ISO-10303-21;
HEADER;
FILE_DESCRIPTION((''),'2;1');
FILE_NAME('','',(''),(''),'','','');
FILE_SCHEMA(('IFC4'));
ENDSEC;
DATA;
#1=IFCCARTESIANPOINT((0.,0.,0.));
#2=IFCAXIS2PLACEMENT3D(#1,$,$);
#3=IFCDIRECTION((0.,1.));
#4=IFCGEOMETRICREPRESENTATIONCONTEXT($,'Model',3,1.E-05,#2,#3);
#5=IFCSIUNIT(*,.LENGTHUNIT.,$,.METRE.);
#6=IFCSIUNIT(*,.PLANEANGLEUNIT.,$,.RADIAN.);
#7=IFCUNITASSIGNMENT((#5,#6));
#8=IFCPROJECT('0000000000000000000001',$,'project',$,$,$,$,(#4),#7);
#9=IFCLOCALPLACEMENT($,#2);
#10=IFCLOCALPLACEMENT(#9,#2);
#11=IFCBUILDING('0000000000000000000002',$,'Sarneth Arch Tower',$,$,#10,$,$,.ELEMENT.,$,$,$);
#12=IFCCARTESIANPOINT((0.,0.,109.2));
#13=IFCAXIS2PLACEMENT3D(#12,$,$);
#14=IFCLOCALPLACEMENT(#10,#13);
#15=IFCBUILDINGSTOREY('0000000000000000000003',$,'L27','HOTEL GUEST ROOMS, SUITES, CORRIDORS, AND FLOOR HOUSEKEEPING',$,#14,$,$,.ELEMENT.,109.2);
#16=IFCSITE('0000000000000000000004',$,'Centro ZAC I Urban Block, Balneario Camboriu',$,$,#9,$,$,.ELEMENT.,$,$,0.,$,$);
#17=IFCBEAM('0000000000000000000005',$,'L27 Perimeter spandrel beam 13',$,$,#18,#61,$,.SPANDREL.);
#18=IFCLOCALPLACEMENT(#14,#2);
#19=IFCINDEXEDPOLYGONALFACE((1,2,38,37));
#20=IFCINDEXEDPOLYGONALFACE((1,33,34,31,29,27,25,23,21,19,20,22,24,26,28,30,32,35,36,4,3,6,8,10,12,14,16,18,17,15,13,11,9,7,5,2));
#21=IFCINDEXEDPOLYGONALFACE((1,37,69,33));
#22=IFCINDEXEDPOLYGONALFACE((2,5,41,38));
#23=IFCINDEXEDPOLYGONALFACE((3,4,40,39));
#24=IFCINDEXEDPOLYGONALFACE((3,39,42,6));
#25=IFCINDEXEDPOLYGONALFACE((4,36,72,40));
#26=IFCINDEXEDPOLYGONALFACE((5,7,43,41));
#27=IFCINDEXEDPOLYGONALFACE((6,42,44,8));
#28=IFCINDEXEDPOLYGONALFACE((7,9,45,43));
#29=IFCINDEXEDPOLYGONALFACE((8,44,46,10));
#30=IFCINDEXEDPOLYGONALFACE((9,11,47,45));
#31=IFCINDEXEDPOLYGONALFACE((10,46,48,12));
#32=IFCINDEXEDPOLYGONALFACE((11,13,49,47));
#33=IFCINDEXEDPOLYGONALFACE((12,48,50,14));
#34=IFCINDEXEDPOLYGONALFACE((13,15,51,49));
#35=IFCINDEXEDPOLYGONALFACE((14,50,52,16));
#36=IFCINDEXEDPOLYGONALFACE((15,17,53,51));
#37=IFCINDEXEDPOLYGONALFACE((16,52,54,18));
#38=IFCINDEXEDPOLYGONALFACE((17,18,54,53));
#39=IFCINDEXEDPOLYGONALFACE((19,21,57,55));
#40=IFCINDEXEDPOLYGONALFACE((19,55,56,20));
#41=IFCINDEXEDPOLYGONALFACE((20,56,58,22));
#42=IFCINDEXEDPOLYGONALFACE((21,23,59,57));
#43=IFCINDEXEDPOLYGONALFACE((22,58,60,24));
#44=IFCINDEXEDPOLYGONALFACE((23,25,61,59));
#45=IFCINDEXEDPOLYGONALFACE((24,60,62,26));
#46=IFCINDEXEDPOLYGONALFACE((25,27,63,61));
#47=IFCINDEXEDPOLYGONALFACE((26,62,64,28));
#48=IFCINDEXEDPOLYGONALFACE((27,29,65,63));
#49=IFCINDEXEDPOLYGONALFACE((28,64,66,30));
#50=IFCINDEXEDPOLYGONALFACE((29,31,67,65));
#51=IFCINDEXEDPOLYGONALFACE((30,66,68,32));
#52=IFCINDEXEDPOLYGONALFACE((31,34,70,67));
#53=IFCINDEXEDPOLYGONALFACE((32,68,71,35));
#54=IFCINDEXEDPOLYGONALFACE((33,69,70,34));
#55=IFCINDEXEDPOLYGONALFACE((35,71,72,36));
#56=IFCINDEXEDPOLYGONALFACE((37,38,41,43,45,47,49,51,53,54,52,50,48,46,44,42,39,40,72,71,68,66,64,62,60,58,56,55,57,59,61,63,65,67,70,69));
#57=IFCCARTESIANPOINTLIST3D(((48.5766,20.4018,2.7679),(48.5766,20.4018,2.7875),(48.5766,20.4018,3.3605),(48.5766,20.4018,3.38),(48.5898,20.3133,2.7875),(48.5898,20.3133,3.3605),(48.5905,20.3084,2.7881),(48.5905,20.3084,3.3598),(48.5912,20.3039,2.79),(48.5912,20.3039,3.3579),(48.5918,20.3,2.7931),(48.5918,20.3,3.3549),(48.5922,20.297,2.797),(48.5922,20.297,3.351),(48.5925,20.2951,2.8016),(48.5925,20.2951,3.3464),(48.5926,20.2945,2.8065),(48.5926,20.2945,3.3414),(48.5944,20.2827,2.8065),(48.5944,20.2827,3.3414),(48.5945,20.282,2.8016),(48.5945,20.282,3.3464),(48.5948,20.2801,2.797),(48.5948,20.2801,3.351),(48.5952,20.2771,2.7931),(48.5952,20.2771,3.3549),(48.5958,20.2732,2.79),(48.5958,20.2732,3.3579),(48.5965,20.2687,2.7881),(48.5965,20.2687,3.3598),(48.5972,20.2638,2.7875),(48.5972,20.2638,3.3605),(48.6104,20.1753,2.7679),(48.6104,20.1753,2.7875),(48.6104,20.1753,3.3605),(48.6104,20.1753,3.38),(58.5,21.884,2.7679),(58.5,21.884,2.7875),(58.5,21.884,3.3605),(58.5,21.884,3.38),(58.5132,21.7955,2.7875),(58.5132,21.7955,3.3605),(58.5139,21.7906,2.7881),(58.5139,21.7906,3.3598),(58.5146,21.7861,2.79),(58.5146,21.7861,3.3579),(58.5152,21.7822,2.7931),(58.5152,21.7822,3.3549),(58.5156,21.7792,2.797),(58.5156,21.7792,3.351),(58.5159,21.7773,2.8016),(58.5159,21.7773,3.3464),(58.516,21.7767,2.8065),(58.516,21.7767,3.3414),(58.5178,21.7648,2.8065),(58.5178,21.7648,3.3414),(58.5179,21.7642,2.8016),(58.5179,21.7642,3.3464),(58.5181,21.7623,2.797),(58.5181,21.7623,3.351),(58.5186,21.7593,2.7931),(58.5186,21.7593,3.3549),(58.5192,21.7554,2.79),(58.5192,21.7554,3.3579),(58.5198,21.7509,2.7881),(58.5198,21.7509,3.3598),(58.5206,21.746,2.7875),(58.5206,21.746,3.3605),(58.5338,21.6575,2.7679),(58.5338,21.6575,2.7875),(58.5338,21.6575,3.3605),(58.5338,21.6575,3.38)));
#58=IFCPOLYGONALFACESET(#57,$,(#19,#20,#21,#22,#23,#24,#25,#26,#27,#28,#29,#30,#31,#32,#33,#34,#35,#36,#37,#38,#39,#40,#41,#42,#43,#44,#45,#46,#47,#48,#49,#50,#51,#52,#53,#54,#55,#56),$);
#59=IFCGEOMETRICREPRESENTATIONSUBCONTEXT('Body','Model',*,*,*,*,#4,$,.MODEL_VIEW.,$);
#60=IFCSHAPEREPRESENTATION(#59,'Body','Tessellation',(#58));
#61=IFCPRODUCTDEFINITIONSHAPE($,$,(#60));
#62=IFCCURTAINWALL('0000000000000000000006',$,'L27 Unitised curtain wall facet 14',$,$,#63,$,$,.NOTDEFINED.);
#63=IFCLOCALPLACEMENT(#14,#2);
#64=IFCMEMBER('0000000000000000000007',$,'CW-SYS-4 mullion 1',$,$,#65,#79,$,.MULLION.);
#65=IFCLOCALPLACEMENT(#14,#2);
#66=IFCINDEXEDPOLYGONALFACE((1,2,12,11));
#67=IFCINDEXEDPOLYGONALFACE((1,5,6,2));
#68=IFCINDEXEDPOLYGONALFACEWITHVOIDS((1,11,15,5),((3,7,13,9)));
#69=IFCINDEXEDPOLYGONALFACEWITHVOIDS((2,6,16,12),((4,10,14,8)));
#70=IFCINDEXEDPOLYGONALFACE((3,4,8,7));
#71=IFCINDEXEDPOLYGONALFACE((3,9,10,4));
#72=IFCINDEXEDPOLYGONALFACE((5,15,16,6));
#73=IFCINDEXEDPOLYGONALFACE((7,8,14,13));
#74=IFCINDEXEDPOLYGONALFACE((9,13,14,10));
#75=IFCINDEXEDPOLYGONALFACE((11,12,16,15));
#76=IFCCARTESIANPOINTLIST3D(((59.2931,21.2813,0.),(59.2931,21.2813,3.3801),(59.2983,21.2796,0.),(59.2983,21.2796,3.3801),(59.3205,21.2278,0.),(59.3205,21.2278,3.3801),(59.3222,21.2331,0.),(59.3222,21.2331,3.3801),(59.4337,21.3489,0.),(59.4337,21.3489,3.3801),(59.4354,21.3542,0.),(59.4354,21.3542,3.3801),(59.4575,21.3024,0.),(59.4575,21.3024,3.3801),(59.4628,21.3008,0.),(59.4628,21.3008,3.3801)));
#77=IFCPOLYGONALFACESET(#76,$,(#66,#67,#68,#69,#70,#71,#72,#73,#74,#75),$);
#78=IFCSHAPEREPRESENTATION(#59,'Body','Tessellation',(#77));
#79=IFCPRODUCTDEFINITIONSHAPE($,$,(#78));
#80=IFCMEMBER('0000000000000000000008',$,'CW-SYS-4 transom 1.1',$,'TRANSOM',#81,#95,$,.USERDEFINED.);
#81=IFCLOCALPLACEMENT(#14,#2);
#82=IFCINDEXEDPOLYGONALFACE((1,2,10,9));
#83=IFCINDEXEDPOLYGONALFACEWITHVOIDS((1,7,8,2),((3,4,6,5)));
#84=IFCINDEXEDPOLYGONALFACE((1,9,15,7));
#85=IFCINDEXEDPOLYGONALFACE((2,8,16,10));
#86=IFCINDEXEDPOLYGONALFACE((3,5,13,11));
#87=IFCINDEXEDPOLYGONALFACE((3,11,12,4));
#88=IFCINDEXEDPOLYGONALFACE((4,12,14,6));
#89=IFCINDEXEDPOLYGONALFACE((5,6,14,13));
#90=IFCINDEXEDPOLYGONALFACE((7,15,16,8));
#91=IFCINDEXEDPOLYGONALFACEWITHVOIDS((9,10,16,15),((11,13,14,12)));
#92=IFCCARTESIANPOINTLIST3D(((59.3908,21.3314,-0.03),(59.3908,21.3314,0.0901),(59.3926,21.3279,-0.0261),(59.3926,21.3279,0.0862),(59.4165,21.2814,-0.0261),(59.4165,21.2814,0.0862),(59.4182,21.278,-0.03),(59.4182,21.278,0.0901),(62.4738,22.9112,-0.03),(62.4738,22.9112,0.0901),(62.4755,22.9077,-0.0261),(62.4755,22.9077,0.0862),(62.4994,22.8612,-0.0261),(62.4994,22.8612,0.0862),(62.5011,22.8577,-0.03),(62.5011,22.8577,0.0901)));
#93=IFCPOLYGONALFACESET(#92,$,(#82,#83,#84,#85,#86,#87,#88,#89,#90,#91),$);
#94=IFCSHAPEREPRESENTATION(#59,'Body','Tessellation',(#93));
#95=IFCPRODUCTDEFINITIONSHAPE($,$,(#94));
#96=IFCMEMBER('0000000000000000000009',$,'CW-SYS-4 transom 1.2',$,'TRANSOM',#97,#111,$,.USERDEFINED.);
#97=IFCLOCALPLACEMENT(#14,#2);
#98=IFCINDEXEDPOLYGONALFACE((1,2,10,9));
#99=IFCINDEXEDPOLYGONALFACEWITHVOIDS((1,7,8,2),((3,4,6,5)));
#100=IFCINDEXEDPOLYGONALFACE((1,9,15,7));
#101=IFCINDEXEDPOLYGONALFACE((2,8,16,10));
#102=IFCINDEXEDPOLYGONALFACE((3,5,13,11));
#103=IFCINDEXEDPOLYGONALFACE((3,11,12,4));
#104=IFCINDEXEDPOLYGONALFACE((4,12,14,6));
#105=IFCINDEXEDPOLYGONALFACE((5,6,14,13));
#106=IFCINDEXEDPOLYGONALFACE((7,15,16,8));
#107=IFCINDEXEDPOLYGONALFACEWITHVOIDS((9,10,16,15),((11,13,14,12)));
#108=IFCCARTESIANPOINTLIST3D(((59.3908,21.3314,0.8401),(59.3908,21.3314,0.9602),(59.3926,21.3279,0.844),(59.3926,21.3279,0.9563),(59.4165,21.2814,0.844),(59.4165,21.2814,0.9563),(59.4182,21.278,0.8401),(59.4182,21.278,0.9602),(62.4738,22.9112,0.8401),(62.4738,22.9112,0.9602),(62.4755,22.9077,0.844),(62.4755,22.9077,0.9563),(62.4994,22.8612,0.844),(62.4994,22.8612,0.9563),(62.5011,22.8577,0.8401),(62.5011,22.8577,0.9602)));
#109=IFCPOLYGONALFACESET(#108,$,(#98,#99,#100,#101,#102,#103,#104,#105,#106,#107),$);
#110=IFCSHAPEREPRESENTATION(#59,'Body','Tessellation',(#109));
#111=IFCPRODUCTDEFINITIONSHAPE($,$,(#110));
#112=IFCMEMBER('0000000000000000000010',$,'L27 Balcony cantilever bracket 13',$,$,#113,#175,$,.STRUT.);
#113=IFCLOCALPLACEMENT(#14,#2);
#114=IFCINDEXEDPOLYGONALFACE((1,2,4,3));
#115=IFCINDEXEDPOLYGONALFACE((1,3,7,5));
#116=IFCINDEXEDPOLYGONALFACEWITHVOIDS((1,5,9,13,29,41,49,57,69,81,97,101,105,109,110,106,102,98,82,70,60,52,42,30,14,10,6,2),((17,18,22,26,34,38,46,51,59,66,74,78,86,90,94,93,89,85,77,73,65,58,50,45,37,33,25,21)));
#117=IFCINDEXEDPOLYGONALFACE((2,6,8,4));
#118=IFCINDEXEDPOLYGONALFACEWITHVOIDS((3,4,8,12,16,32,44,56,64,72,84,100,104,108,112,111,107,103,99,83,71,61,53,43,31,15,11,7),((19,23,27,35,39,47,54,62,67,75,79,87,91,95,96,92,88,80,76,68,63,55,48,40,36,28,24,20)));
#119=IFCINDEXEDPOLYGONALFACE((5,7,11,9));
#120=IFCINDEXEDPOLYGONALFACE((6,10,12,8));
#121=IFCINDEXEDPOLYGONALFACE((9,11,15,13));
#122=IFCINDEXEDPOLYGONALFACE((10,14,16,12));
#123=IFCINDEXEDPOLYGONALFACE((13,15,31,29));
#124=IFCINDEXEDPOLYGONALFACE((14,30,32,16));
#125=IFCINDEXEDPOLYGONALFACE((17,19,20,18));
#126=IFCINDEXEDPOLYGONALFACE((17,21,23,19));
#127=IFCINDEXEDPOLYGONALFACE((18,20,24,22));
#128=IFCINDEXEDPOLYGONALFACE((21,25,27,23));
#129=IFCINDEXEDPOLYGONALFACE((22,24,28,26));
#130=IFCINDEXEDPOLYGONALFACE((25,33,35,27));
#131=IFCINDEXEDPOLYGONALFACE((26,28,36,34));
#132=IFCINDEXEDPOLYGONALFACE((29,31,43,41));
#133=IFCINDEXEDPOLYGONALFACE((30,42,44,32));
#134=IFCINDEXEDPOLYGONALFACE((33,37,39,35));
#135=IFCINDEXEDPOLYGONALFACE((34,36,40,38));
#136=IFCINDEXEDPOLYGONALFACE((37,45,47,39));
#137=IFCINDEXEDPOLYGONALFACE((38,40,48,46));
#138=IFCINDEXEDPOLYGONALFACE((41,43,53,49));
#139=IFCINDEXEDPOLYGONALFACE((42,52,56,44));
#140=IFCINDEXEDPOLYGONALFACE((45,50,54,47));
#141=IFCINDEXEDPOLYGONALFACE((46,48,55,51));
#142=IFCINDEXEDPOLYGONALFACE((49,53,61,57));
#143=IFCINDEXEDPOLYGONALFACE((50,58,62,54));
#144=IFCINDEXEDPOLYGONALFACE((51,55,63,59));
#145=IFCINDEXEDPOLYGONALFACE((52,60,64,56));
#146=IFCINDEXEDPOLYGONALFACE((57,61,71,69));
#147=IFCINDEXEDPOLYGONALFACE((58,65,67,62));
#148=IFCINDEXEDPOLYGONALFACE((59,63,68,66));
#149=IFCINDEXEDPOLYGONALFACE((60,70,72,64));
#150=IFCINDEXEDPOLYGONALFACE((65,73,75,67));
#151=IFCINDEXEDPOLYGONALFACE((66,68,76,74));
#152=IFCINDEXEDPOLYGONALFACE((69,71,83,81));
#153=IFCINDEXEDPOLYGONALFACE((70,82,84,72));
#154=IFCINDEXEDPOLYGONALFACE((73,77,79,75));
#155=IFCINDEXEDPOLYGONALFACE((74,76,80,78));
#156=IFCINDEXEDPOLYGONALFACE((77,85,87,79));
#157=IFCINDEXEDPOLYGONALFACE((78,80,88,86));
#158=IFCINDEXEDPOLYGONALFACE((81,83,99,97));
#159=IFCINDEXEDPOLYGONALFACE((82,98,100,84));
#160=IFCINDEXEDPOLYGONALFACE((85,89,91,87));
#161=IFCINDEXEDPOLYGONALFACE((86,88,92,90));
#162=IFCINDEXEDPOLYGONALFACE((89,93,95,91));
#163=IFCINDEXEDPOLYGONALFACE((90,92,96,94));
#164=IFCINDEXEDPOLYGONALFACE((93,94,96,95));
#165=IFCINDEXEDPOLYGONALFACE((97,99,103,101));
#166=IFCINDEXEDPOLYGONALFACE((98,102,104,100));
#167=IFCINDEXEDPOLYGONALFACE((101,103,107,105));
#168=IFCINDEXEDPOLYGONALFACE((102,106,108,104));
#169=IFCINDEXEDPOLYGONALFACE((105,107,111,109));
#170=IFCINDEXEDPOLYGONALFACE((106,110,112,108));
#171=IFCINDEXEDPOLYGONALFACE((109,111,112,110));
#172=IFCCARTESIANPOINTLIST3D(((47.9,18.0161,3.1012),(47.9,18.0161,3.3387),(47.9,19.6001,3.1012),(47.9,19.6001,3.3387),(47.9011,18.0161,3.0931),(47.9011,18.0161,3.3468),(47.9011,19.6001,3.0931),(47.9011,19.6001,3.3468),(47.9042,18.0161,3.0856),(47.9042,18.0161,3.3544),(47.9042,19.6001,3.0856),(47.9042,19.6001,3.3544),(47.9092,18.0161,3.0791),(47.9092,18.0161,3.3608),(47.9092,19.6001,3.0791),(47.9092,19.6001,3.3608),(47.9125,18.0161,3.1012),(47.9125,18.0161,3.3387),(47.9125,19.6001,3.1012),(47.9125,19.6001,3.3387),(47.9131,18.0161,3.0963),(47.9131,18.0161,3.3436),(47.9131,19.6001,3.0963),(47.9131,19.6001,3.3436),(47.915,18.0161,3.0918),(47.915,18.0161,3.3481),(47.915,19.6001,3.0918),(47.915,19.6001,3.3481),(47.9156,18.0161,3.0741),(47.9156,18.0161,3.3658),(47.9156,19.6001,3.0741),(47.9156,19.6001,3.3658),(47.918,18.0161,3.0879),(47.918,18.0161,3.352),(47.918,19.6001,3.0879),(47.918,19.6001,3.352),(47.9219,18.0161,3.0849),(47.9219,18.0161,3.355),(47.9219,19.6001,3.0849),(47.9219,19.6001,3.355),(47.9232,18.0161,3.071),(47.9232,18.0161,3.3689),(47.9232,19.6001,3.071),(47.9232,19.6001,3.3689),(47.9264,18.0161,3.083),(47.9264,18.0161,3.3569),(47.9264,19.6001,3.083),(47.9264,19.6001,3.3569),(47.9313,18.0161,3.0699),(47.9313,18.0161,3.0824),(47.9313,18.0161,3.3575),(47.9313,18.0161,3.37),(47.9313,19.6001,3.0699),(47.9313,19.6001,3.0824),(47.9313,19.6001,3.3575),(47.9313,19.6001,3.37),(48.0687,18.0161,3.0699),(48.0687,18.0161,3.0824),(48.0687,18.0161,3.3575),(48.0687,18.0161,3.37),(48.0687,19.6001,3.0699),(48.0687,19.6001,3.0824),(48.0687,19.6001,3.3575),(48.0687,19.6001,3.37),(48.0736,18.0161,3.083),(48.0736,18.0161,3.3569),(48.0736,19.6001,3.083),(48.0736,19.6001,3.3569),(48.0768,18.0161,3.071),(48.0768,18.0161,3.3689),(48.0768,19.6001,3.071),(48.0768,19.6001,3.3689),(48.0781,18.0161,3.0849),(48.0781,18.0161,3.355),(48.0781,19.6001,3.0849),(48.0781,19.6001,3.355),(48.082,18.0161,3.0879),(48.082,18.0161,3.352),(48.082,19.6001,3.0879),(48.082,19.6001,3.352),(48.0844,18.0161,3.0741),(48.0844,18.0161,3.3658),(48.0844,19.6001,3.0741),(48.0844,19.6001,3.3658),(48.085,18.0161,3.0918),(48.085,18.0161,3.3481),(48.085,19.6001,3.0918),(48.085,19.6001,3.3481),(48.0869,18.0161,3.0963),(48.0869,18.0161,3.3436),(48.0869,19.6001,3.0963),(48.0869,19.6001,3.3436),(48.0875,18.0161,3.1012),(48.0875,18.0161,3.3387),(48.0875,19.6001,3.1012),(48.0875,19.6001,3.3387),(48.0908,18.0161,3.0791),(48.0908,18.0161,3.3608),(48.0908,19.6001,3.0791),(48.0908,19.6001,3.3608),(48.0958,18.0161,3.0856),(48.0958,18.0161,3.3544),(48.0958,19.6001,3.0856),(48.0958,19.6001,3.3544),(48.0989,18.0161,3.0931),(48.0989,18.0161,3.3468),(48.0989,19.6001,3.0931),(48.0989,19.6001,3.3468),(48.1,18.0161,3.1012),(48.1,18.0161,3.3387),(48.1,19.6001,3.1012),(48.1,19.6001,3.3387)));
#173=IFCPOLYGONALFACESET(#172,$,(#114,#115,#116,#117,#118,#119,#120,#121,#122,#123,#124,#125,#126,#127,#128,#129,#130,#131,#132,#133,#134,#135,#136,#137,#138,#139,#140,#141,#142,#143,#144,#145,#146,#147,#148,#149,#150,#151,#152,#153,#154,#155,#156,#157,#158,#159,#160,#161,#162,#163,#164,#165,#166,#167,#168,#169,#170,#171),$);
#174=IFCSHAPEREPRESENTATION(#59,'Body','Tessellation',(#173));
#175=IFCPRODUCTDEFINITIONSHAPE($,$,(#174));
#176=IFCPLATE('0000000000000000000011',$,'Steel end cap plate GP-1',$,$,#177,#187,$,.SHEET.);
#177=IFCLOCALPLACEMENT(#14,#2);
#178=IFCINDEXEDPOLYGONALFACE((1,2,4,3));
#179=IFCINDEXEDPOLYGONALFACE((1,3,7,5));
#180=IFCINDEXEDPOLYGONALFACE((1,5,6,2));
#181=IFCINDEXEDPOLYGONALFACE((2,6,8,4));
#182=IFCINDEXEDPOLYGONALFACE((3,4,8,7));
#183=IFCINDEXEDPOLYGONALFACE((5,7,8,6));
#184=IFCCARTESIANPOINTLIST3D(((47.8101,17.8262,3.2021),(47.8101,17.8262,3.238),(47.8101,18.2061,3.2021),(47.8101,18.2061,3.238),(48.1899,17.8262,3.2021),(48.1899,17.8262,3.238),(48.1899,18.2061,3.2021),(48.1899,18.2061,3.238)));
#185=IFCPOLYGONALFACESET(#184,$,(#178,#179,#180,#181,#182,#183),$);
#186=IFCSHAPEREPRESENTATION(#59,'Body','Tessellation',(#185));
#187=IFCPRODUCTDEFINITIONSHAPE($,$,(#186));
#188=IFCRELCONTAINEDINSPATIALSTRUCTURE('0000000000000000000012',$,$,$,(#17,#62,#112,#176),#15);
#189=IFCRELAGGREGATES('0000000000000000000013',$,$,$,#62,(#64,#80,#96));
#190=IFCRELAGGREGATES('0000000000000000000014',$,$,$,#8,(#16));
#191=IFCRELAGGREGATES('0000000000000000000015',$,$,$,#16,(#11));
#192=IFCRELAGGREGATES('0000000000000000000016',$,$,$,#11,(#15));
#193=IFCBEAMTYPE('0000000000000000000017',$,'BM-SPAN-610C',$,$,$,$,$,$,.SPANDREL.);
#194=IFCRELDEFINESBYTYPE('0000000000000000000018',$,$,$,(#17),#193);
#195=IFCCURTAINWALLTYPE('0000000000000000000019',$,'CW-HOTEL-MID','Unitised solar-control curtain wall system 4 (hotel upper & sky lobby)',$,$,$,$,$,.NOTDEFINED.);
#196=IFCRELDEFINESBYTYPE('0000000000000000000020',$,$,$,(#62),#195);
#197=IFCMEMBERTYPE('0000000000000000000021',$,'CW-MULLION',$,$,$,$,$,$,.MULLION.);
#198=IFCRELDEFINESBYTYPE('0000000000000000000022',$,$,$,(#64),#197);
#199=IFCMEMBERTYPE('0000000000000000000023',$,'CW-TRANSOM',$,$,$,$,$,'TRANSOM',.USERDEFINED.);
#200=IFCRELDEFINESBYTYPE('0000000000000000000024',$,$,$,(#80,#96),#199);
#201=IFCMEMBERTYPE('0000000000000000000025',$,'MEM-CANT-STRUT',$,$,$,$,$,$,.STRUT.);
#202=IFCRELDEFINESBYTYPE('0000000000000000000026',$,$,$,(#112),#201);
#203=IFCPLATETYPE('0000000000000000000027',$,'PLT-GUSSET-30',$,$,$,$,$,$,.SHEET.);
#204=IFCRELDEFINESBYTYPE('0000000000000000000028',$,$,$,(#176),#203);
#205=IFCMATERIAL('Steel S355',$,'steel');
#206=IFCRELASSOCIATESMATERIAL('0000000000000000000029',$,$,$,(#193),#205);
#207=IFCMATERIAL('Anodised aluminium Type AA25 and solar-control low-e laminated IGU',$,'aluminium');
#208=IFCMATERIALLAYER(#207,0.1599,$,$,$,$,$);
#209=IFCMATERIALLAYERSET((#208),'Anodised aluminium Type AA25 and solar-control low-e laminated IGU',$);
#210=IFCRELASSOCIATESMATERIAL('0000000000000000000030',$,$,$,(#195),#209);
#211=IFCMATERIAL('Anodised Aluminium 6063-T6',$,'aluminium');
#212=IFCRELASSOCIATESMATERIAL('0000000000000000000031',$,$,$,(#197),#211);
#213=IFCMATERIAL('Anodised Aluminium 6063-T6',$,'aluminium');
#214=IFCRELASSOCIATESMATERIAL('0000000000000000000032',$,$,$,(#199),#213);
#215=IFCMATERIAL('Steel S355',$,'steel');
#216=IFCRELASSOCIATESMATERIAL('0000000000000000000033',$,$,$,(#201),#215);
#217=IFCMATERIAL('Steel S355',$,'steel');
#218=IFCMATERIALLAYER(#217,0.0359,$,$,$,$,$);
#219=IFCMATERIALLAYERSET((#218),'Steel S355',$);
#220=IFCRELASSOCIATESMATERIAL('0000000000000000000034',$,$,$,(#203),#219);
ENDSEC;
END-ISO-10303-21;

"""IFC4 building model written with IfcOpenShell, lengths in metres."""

from ifc_helpers import new_model, si_unit, direction, frame, origin, origin_2d, place, context, subcontext, project, spatial, rectangle, hollow_rectangle, i_section, extrude, material, layer, layer_set, material_profile, profile_set, type_object, element, aggregate, save


model = new_model("IFC4")

# Units and contexts
model_context = context("Model", 3, precision=1e-05, world=origin(), true_north=direction((0.0, 1.0)))
body_context = subcontext(model_context, "Body", "Model", "MODEL_VIEW")
ifc_project = project(units=[si_unit("LENGTHUNIT", "METRE"), si_unit("PLANEANGLEUNIT", "RADIAN")], contexts=[model_context])

# Site, building, storey
site_placement = place(None, origin())
site = spatial("IfcSite", under=ifc_project, at=site_placement, Name="Centro ZAC I Urban Block, Balneario Camboriu", CompositionType="ELEMENT", RefElevation=0.0)
building_placement = place(site_placement, origin())
building = spatial("IfcBuilding", under=site, at=building_placement, Name="Sarneth Arch Tower", CompositionType="ELEMENT")
storey_placement = place(building_placement, frame((0.0, 0.0, 109.2)))
storey = spatial("IfcBuildingStorey", under=building, at=storey_placement, Name="L27", Description="HOTEL GUEST ROOMS, SUITES, CORRIDORS, AND FLOOR HOUSEKEEPING", CompositionType="ELEMENT", Elevation=109.2)

# Beam
ifc_material_1 = material(Name="Steel S355", Category="steel")
ifc_material_profile_1 = material_profile(ifc_material_1, i_section(OverallWidth=0.229, OverallDepth=0.6121, WebThickness=0.012, FlangeThickness=0.0195, FilletRadius=0.019, at=origin_2d()), Name="W610x125")
ifc_profile_set_1 = profile_set([ifc_material_profile_1], Name="Steel S355")
beam_type_1 = type_object("IfcBeamType", Name="BM-SPAN-610C", PredefinedType="SPANDREL", material=ifc_profile_set_1)
beam_1_placement = place(storey_placement, frame((48.5935, 20.2886, 3.074), z_axis=(0.989029, 0.147724, 0.0), x_axis=(-0.147724, 0.989029, 0.0)))
element("IfcBeam", 1, at=beam_1_placement, inside=storey, type_object=beam_type_1, Name="L27 Perimeter spandrel beam 13", PredefinedType="SPANDREL", context=body_context, shape_type="SweptSolid", body=[
    extrude(i_section(OverallWidth=0.229, OverallDepth=0.6121, WebThickness=0.012, FlangeThickness=0.0195, FilletRadius=0.019, at=origin_2d()), origin(), (0.0, 0.0, 1.0), 10.0334),
])

# Curtain wall, members
ifc_material_2 = material(Name="Anodised aluminium Type AA25 and solar-control low-e laminated IGU", Category="aluminium")
ifc_layer_1 = layer(ifc_material_2, 0.1599)
ifc_layer_set_1 = layer_set([ifc_layer_1], Name="Anodised aluminium Type AA25 and solar-control low-e laminated IGU")
curtain_wall_type = type_object("IfcCurtainWallType", Name="CW-HOTEL-MID", Description="Unitised solar-control curtain wall system 4 (hotel upper & sky lobby)", PredefinedType="NOTDEFINED", material=ifc_layer_set_1)
curtain_wall_placement = place(storey_placement, origin())
curtain_wall = element("IfcCurtainWall", 2, at=curtain_wall_placement, inside=storey, type_object=curtain_wall_type, Name="L27 Unitised curtain wall facet 14", PredefinedType="NOTDEFINED")
ifc_material_3 = material(Name="Anodised Aluminium 6063-T6", Category="aluminium")
ifc_material_profile_2 = material_profile(ifc_material_3, hollow_rectangle(XDim=0.0601, YDim=0.1599, WallThickness=0.0039, at=origin_2d()), Name="AL-MULL-160x60x4")
ifc_profile_set_2 = profile_set([ifc_material_profile_2], Name="Anodised Aluminium 6063-T6")
member_type_1 = type_object("IfcMemberType", Name="CW-MULLION", PredefinedType="MULLION", material=ifc_profile_set_2)
member_1_placement = place(storey_placement, frame((59.3779, 21.291, 0.0), z_axis=(0.0, 0.0, 1.0), x_axis=(-0.456031, 0.889964, 0.0)))
member_1 = element("IfcMember", 3, at=member_1_placement, type_object=member_type_1, Name="CW-SYS-4 mullion 1", PredefinedType="MULLION", context=body_context, shape_type="SweptSolid", body=[
    extrude(hollow_rectangle(XDim=0.0601, YDim=0.1599, WallThickness=0.0039, at=origin_2d()), origin(), (0.0, 0.0, 1.0), 3.3801),
])
ifc_material_4 = material(Name="Anodised Aluminium 6063-T6", Category="aluminium")
ifc_material_profile_3 = material_profile(ifc_material_4, hollow_rectangle(XDim=0.0601, YDim=0.1201, WallThickness=0.0039, at=origin_2d()), Name="AL-TRAN-120x60x4")
ifc_profile_set_3 = profile_set([ifc_material_profile_3], Name="Anodised Aluminium 6063-T6")
member_type_2 = type_object("IfcMemberType", Name="CW-TRANSOM", ElementType="TRANSOM", PredefinedType="USERDEFINED", material=ifc_profile_set_3)
member_2_placement = place(storey_placement, frame((59.4045, 21.3047, 0.03), z_axis=(0.889958, 0.456043, 0.0), x_axis=(-0.456043, 0.889958, 0.0)))
member_2 = element("IfcMember", 4, at=member_2_placement, type_object=member_type_2, Name="CW-SYS-4 transom 1.1", ObjectType="TRANSOM", PredefinedType="USERDEFINED", context=body_context, shape_type="SweptSolid", body=[
    extrude(hollow_rectangle(XDim=0.0601, YDim=0.1201, WallThickness=0.0039, at=origin_2d()), origin(), (0.0, 0.0, 1.0), 3.4641),
])
member_3_placement = place(storey_placement, frame((59.4045, 21.3047, 0.9001), z_axis=(0.889958, 0.456043, 0.0), x_axis=(-0.456043, 0.889958, 0.0)))
member_3 = element("IfcMember", 5, at=member_3_placement, type_object=member_type_2, Name="CW-SYS-4 transom 1.2", ObjectType="TRANSOM", PredefinedType="USERDEFINED", context=body_context, shape_type="SweptSolid", body=[
    extrude(hollow_rectangle(XDim=0.0601, YDim=0.1201, WallThickness=0.0039, at=origin_2d()), origin(), (0.0, 0.0, 1.0), 3.4641),
])
aggregate(curtain_wall, [member_1, member_2, member_3])

# Member
ifc_material_5 = material(Name="Steel S355", Category="steel")
ifc_material_profile_4 = material_profile(ifc_material_5, hollow_rectangle(XDim=0.2, YDim=0.3, WallThickness=0.0125, InnerFilletRadius=0.0188, OuterFilletRadius=0.0312, at=origin_2d()), Name="RHS300x200x12.5")
ifc_profile_set_4 = profile_set([ifc_material_profile_4], Name="Steel S355")
member_type_3 = type_object("IfcMemberType", Name="MEM-CANT-STRUT", PredefinedType="STRUT", material=ifc_profile_set_4)
member_4_placement = place(storey_placement, frame((48.0, 19.6001, 3.22), z_axis=(0.0, -1.0, 0.0), x_axis=(1.0, 0.0, 0.0)))
element("IfcMember", 6, at=member_4_placement, inside=storey, type_object=member_type_3, Name="L27 Balcony cantilever bracket 13", PredefinedType="STRUT", context=body_context, shape_type="SweptSolid", body=[
    extrude(hollow_rectangle(XDim=0.2, YDim=0.3, WallThickness=0.0125, InnerFilletRadius=0.0188, OuterFilletRadius=0.0312, at=origin_2d()), origin(), (0.0, 0.0, 1.0), 1.584),
])

# Plate
ifc_material_6 = material(Name="Steel S355", Category="steel")
ifc_layer_2 = layer(ifc_material_6, 0.0359)
ifc_layer_set_2 = layer_set([ifc_layer_2], Name="Steel S355")
plate_type = type_object("IfcPlateType", Name="PLT-GUSSET-30", PredefinedType="SHEET", material=ifc_layer_set_2)
plate_placement = place(storey_placement, frame((48.0, 18.0161, 3.2021), z_axis=(0.0, 0.0, 1.0), x_axis=(0.0, -1.0, 0.0)))
element("IfcPlate", 7, at=plate_placement, inside=storey, type_object=plate_type, Name="Steel end cap plate GP-1", PredefinedType="SHEET", context=body_context, shape_type="SweptSolid", body=[
    extrude(rectangle(XDim=0.3799, YDim=0.3799, at=origin_2d()), origin(), (0.0, 0.0, 1.0), 0.0359),
])

save(model, "model.ifc")
